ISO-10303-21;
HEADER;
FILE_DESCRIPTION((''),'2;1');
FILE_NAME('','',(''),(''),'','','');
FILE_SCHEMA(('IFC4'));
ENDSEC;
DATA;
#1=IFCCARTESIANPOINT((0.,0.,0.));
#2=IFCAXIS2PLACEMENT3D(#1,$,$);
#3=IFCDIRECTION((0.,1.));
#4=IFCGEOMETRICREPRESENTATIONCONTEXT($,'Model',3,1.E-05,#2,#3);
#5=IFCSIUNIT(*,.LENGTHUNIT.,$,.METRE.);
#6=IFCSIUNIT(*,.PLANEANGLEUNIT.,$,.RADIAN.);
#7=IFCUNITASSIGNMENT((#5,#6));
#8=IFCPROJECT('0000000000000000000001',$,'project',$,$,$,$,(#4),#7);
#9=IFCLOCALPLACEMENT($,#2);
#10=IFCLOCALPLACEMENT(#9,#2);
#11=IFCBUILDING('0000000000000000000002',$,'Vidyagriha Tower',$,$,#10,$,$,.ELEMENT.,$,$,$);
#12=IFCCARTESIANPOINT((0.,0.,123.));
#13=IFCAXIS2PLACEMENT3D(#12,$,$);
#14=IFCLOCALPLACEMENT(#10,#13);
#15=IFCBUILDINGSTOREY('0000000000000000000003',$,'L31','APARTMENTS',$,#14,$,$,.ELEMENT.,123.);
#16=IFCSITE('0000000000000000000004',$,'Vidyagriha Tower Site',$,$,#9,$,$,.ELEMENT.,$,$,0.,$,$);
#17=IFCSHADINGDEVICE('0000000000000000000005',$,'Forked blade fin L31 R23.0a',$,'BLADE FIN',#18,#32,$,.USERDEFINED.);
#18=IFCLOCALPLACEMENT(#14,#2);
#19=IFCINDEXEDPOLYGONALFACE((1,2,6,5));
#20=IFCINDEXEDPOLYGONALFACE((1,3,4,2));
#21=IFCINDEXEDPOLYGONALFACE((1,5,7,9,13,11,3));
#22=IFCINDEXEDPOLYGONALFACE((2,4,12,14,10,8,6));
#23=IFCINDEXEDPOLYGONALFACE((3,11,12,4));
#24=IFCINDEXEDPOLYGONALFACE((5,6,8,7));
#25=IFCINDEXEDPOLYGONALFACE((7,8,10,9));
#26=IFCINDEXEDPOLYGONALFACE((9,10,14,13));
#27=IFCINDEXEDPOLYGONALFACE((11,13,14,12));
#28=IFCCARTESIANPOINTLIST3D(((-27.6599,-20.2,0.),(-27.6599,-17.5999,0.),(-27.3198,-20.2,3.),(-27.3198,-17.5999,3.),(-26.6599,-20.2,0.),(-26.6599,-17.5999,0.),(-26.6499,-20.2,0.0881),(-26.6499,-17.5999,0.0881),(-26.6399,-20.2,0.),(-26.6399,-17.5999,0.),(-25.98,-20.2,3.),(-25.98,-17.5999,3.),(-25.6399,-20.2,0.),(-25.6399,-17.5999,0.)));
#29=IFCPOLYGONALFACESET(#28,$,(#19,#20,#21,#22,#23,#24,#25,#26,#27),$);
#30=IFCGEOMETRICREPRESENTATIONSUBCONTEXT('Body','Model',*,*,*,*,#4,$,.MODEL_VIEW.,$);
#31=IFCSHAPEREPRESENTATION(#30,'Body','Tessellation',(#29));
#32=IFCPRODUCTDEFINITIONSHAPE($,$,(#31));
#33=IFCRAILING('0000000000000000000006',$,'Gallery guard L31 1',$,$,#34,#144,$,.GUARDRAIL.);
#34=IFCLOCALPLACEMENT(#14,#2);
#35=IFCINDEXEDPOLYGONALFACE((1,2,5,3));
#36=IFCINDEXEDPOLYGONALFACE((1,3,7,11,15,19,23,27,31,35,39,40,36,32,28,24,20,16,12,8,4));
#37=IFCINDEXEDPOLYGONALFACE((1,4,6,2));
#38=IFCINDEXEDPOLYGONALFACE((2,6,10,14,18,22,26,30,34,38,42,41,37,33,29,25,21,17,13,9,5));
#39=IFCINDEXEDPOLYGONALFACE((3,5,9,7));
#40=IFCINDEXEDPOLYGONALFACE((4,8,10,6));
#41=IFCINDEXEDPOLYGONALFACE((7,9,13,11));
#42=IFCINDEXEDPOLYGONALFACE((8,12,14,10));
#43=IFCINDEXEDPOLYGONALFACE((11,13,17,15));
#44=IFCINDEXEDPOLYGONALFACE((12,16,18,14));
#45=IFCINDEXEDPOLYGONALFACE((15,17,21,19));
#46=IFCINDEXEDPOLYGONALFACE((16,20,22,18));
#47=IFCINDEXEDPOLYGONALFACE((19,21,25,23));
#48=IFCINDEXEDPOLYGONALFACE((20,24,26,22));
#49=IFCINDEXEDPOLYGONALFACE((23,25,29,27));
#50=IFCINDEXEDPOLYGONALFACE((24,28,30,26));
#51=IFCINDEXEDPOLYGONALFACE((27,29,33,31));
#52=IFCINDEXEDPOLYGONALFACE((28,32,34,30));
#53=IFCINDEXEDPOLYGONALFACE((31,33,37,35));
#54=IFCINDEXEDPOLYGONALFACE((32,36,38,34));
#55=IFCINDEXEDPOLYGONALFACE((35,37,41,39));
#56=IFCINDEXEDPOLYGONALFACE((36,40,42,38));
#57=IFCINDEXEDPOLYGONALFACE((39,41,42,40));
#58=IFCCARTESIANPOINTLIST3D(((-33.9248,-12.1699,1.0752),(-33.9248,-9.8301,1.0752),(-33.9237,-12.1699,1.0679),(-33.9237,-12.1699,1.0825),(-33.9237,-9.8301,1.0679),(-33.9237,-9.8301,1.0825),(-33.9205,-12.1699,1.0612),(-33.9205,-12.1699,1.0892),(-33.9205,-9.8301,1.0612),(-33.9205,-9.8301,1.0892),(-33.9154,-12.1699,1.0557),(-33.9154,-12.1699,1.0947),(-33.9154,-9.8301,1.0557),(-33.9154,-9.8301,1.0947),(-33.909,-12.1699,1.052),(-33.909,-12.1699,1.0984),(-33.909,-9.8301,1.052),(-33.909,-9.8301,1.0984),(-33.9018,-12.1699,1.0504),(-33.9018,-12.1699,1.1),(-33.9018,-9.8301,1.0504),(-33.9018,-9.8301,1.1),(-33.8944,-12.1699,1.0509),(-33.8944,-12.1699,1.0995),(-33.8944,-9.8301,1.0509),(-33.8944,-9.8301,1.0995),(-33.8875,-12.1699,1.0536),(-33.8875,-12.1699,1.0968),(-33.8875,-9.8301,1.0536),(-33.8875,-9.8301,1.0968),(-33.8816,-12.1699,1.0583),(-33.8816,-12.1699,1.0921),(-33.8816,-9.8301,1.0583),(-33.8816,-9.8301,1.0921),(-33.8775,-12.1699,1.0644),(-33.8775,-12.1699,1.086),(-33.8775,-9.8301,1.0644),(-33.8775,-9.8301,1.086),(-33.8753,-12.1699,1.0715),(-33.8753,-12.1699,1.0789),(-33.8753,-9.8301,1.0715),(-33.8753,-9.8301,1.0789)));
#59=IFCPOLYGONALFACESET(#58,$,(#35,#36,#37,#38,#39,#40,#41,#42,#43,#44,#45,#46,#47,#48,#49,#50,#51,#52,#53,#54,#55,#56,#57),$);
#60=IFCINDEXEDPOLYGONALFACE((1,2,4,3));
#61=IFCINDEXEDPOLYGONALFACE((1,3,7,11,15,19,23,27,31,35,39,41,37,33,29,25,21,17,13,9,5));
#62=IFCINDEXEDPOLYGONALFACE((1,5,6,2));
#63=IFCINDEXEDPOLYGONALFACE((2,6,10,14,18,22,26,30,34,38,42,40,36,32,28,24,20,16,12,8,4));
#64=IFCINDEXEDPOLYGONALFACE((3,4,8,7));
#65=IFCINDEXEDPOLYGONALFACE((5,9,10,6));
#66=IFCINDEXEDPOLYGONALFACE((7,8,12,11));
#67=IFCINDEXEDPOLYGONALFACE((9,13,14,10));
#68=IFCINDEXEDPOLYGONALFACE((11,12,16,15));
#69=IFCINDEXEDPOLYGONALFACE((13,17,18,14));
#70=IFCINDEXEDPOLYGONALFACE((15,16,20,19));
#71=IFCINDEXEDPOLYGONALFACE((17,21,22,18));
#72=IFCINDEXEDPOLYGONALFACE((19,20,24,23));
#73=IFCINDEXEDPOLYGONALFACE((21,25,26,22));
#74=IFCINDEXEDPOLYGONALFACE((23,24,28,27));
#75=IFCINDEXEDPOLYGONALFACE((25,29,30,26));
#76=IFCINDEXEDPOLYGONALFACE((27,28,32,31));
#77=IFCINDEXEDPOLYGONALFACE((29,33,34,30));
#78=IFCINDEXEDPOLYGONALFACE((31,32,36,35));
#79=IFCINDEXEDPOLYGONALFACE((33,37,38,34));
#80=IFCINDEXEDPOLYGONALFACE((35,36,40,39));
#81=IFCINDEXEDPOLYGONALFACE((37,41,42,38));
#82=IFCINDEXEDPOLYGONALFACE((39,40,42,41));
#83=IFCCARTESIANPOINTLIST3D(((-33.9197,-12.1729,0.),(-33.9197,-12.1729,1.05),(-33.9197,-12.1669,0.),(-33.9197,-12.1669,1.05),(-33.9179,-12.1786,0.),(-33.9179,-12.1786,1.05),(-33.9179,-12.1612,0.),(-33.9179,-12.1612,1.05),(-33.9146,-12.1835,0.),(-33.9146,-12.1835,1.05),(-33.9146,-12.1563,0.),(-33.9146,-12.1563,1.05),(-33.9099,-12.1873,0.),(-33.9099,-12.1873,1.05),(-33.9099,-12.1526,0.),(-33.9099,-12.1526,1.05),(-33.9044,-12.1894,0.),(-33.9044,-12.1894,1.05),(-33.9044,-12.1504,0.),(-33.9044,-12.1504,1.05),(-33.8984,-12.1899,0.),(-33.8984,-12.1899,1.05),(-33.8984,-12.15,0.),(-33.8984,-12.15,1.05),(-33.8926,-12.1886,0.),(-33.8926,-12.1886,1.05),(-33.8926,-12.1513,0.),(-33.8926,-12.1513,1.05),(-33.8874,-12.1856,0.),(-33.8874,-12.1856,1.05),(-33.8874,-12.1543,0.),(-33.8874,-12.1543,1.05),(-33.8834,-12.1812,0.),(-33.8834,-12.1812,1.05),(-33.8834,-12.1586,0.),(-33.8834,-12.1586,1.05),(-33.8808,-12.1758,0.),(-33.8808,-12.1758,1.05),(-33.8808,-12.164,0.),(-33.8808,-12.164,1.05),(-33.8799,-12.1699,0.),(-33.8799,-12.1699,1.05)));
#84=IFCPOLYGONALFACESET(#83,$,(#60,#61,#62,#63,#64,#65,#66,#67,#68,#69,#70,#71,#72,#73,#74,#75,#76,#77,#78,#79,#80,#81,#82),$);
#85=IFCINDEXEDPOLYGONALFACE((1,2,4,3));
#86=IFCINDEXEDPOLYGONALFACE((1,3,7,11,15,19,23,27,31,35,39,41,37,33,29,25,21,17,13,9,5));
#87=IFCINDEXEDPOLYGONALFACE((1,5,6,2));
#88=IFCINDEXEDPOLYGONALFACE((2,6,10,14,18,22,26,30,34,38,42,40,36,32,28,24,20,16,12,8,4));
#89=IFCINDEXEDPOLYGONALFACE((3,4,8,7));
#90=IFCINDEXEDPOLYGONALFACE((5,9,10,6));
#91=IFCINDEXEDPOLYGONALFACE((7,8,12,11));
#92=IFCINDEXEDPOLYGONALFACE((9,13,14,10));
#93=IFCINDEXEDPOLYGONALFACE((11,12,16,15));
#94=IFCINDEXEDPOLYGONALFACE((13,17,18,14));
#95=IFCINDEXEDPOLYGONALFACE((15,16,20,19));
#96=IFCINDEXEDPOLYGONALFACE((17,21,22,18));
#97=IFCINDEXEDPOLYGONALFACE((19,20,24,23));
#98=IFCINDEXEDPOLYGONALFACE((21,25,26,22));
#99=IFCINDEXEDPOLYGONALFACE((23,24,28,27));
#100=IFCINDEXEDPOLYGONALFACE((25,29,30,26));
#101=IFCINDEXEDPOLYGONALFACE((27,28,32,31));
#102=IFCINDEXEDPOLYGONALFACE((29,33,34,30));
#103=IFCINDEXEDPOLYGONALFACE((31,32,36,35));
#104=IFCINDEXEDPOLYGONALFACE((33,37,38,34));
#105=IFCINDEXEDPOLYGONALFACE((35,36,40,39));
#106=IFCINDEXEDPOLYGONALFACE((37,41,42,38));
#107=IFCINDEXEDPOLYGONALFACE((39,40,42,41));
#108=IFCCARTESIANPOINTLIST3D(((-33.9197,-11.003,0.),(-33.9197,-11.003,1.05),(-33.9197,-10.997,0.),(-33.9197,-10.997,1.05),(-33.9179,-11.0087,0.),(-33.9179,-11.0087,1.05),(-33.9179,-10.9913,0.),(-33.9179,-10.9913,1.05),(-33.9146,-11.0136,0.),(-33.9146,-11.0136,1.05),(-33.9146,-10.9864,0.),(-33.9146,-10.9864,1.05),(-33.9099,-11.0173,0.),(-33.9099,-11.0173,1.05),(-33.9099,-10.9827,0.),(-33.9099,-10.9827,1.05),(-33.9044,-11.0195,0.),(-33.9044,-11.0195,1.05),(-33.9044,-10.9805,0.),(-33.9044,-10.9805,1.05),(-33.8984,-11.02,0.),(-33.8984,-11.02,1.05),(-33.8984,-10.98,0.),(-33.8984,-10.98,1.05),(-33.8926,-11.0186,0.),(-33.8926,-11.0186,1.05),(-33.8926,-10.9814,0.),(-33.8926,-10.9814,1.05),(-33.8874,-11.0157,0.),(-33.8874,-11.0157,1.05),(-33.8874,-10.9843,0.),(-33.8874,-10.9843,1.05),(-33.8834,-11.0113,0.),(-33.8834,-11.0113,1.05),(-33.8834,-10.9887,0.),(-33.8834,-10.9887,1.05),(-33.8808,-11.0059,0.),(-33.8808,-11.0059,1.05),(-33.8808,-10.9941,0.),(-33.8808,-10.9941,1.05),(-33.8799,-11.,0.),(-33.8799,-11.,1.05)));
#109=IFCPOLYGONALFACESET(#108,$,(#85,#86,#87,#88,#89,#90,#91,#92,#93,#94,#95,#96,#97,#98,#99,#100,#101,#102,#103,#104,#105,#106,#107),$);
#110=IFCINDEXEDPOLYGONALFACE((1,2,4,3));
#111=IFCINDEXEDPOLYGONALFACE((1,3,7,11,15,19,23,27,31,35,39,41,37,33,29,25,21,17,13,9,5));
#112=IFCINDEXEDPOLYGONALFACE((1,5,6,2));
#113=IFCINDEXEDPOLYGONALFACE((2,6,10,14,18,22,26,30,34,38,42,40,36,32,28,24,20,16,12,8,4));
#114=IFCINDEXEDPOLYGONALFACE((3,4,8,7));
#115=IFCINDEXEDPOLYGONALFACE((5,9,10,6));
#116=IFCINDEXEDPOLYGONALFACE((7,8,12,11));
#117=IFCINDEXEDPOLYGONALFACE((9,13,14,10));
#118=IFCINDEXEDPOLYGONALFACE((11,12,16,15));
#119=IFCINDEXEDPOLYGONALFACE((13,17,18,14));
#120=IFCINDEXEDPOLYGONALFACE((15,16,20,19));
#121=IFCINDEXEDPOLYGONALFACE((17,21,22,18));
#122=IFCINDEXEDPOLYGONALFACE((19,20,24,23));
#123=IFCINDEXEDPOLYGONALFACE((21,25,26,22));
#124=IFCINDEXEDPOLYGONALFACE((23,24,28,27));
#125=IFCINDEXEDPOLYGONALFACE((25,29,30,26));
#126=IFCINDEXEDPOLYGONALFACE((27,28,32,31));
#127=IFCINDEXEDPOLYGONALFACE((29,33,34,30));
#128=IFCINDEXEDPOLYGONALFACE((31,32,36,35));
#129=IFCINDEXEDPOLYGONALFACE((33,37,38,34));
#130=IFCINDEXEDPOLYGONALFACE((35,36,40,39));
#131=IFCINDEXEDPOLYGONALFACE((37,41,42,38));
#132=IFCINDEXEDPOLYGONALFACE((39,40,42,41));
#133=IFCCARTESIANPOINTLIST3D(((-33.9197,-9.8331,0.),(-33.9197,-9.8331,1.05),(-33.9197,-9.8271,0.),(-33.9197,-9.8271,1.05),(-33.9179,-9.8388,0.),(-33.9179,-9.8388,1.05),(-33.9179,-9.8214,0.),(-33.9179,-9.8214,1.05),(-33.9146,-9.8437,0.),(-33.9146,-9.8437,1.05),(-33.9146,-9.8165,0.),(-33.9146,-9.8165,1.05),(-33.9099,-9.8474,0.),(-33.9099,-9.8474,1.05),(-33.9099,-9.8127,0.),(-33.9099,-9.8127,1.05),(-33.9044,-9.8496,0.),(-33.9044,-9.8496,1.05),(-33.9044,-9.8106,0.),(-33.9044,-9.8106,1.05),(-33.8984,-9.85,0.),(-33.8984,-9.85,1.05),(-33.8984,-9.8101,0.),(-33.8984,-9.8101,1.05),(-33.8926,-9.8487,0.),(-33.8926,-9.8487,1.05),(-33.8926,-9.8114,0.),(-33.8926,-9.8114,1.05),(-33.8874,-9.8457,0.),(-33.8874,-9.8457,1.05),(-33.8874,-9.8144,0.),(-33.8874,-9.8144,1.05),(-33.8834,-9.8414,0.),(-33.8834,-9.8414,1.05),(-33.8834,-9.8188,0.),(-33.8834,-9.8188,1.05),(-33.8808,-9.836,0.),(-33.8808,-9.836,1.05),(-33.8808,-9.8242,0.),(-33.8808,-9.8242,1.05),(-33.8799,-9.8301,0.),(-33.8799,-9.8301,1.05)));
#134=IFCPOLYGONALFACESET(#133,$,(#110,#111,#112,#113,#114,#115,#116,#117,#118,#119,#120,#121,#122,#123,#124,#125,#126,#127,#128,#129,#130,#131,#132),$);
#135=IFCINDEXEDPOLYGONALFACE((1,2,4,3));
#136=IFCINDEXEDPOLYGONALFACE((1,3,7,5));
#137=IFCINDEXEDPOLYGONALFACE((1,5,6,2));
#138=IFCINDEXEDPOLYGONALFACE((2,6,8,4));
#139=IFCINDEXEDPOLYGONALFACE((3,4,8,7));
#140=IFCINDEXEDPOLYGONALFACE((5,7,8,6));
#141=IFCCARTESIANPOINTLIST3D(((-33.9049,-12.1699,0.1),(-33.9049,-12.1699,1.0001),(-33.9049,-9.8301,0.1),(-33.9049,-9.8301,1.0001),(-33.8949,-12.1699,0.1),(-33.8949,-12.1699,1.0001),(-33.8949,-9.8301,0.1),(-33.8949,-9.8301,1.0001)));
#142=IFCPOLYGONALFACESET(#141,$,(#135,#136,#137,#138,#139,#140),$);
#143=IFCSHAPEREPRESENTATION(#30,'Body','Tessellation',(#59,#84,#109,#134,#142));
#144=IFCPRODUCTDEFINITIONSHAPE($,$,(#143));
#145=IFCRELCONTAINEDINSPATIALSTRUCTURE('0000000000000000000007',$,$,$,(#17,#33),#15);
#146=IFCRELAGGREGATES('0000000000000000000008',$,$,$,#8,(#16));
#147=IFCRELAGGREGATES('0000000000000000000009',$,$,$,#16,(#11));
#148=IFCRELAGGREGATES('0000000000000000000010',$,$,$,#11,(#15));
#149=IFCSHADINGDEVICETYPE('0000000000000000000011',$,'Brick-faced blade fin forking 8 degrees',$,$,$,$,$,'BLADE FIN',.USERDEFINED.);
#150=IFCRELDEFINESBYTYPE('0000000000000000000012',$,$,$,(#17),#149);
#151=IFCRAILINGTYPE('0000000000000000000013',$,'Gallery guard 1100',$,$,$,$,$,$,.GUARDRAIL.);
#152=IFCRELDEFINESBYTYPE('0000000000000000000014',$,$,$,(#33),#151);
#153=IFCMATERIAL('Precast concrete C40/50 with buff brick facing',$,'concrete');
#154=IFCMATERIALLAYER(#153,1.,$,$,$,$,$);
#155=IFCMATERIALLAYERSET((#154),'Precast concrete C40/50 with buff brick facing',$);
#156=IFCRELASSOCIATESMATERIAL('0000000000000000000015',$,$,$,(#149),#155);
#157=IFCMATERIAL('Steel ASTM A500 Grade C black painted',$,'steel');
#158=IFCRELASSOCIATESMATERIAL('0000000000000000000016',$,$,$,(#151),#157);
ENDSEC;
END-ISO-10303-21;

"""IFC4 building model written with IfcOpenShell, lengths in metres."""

from ifc_helpers import new_model, si_unit, direction, frame, origin, origin_2d, place, context, subcontext, project, spatial, polyline, rectangle, circle, outline, extrude, material, layer, layer_set, type_object, element, save


model = new_model("IFC4")

# Units and contexts
model_context = context("Model", 3, precision=1e-05, world=origin(), true_north=direction((0.0, 1.0)))
body_context = subcontext(model_context, "Body", "Model", "MODEL_VIEW")
ifc_project = project(units=[si_unit("LENGTHUNIT", "METRE"), si_unit("PLANEANGLEUNIT", "RADIAN")], contexts=[model_context])

# Site, building, storey
site_placement = place(None, origin())
site = spatial("IfcSite", under=ifc_project, at=site_placement, Name="Vidyagriha Tower Site", CompositionType="ELEMENT", RefElevation=0.0)
building_placement = place(site_placement, origin())
building = spatial("IfcBuilding", under=site, at=building_placement, Name="Vidyagriha Tower", CompositionType="ELEMENT")
storey_placement = place(building_placement, frame((0.0, 0.0, 123.0)))
storey = spatial("IfcBuildingStorey", under=building, at=storey_placement, Name="L31", Description="APARTMENTS", CompositionType="ELEMENT", Elevation=123.0)

# Shading device
ifc_material_1 = material(Name="Precast concrete C40/50 with buff brick facing", Category="concrete")
ifc_layer_1 = layer(ifc_material_1, 1.0)
ifc_layer_set_1 = layer_set([ifc_layer_1], Name="Precast concrete C40/50 with buff brick facing")
shading_device_type = type_object("IfcShadingDeviceType", Name="Brick-faced blade fin forking 8 degrees", ElementType="BLADE FIN", PredefinedType="USERDEFINED", material=ifc_layer_set_1)
shading_device_placement = place(storey_placement, frame((-27.6599, -18.8999, 0.0)))
element("IfcShadingDevice", 1, at=shading_device_placement, inside=storey, type_object=shading_device_type, Name="Forked blade fin L31 R23.0a", ObjectType="BLADE FIN", PredefinedType="USERDEFINED", context=body_context, shape_type="SweptSolid", body=[
    extrude(outline(polyline([(1.0, 0.0), (1.01, 0.0881), (1.02, 0.0), (2.02, 0.0), (1.6799, 3.0), (0.3401, 3.0), (0.0, 0.0), (1.0, 0.0)])), frame((0.0, 1.3, 0.0), z_axis=(0.0, -1.0, 0.0), x_axis=(1.0, 0.0, 0.0)), (0.0, 0.0, 1.0), 2.6001),
])

# Railing
ifc_material_2 = material(Name="Steel ASTM A500 Grade C black painted", Category="steel")
railing_type_1 = type_object("IfcRailingType", Name="Gallery guard 1100", PredefinedType="GUARDRAIL", material=ifc_material_2)
railing_1_placement = place(storey_placement, frame((-33.8999, -12.1699, 0.0)))
element("IfcRailing", 2, at=railing_1_placement, inside=storey, type_object=railing_type_1, Name="Gallery guard L31 1", PredefinedType="GUARDRAIL", context=body_context, shape_type="SweptSolid", body=[
    extrude(circle(Radius=0.0249, at=origin_2d()), frame((0.0, 0.0, 1.0752), z_axis=(0.0, 1.0, 0.0), x_axis=(-1.0, 0.0, 0.0)), (0.0, 0.0, 1.0), 2.3398),
    extrude(circle(Radius=0.02, at=origin_2d()), origin(), (0.0, 0.0, 1.0), 1.05),
    extrude(circle(Radius=0.02, at=origin_2d()), frame((0.0, 1.1699, 0.0)), (0.0, 0.0, 1.0), 1.05),
    extrude(circle(Radius=0.02, at=origin_2d()), frame((0.0, 2.3398, 0.0)), (0.0, 0.0, 1.0), 1.05),
    extrude(rectangle(XDim=0.01, YDim=0.9001, at=origin_2d()), frame((0.0, 0.0, 0.55), z_axis=(0.0, 1.0, 0.0), x_axis=(-1.0, 0.0, 0.0)), (0.0, 0.0, 1.0), 2.3398),
])

save(model, "model.ifc")
